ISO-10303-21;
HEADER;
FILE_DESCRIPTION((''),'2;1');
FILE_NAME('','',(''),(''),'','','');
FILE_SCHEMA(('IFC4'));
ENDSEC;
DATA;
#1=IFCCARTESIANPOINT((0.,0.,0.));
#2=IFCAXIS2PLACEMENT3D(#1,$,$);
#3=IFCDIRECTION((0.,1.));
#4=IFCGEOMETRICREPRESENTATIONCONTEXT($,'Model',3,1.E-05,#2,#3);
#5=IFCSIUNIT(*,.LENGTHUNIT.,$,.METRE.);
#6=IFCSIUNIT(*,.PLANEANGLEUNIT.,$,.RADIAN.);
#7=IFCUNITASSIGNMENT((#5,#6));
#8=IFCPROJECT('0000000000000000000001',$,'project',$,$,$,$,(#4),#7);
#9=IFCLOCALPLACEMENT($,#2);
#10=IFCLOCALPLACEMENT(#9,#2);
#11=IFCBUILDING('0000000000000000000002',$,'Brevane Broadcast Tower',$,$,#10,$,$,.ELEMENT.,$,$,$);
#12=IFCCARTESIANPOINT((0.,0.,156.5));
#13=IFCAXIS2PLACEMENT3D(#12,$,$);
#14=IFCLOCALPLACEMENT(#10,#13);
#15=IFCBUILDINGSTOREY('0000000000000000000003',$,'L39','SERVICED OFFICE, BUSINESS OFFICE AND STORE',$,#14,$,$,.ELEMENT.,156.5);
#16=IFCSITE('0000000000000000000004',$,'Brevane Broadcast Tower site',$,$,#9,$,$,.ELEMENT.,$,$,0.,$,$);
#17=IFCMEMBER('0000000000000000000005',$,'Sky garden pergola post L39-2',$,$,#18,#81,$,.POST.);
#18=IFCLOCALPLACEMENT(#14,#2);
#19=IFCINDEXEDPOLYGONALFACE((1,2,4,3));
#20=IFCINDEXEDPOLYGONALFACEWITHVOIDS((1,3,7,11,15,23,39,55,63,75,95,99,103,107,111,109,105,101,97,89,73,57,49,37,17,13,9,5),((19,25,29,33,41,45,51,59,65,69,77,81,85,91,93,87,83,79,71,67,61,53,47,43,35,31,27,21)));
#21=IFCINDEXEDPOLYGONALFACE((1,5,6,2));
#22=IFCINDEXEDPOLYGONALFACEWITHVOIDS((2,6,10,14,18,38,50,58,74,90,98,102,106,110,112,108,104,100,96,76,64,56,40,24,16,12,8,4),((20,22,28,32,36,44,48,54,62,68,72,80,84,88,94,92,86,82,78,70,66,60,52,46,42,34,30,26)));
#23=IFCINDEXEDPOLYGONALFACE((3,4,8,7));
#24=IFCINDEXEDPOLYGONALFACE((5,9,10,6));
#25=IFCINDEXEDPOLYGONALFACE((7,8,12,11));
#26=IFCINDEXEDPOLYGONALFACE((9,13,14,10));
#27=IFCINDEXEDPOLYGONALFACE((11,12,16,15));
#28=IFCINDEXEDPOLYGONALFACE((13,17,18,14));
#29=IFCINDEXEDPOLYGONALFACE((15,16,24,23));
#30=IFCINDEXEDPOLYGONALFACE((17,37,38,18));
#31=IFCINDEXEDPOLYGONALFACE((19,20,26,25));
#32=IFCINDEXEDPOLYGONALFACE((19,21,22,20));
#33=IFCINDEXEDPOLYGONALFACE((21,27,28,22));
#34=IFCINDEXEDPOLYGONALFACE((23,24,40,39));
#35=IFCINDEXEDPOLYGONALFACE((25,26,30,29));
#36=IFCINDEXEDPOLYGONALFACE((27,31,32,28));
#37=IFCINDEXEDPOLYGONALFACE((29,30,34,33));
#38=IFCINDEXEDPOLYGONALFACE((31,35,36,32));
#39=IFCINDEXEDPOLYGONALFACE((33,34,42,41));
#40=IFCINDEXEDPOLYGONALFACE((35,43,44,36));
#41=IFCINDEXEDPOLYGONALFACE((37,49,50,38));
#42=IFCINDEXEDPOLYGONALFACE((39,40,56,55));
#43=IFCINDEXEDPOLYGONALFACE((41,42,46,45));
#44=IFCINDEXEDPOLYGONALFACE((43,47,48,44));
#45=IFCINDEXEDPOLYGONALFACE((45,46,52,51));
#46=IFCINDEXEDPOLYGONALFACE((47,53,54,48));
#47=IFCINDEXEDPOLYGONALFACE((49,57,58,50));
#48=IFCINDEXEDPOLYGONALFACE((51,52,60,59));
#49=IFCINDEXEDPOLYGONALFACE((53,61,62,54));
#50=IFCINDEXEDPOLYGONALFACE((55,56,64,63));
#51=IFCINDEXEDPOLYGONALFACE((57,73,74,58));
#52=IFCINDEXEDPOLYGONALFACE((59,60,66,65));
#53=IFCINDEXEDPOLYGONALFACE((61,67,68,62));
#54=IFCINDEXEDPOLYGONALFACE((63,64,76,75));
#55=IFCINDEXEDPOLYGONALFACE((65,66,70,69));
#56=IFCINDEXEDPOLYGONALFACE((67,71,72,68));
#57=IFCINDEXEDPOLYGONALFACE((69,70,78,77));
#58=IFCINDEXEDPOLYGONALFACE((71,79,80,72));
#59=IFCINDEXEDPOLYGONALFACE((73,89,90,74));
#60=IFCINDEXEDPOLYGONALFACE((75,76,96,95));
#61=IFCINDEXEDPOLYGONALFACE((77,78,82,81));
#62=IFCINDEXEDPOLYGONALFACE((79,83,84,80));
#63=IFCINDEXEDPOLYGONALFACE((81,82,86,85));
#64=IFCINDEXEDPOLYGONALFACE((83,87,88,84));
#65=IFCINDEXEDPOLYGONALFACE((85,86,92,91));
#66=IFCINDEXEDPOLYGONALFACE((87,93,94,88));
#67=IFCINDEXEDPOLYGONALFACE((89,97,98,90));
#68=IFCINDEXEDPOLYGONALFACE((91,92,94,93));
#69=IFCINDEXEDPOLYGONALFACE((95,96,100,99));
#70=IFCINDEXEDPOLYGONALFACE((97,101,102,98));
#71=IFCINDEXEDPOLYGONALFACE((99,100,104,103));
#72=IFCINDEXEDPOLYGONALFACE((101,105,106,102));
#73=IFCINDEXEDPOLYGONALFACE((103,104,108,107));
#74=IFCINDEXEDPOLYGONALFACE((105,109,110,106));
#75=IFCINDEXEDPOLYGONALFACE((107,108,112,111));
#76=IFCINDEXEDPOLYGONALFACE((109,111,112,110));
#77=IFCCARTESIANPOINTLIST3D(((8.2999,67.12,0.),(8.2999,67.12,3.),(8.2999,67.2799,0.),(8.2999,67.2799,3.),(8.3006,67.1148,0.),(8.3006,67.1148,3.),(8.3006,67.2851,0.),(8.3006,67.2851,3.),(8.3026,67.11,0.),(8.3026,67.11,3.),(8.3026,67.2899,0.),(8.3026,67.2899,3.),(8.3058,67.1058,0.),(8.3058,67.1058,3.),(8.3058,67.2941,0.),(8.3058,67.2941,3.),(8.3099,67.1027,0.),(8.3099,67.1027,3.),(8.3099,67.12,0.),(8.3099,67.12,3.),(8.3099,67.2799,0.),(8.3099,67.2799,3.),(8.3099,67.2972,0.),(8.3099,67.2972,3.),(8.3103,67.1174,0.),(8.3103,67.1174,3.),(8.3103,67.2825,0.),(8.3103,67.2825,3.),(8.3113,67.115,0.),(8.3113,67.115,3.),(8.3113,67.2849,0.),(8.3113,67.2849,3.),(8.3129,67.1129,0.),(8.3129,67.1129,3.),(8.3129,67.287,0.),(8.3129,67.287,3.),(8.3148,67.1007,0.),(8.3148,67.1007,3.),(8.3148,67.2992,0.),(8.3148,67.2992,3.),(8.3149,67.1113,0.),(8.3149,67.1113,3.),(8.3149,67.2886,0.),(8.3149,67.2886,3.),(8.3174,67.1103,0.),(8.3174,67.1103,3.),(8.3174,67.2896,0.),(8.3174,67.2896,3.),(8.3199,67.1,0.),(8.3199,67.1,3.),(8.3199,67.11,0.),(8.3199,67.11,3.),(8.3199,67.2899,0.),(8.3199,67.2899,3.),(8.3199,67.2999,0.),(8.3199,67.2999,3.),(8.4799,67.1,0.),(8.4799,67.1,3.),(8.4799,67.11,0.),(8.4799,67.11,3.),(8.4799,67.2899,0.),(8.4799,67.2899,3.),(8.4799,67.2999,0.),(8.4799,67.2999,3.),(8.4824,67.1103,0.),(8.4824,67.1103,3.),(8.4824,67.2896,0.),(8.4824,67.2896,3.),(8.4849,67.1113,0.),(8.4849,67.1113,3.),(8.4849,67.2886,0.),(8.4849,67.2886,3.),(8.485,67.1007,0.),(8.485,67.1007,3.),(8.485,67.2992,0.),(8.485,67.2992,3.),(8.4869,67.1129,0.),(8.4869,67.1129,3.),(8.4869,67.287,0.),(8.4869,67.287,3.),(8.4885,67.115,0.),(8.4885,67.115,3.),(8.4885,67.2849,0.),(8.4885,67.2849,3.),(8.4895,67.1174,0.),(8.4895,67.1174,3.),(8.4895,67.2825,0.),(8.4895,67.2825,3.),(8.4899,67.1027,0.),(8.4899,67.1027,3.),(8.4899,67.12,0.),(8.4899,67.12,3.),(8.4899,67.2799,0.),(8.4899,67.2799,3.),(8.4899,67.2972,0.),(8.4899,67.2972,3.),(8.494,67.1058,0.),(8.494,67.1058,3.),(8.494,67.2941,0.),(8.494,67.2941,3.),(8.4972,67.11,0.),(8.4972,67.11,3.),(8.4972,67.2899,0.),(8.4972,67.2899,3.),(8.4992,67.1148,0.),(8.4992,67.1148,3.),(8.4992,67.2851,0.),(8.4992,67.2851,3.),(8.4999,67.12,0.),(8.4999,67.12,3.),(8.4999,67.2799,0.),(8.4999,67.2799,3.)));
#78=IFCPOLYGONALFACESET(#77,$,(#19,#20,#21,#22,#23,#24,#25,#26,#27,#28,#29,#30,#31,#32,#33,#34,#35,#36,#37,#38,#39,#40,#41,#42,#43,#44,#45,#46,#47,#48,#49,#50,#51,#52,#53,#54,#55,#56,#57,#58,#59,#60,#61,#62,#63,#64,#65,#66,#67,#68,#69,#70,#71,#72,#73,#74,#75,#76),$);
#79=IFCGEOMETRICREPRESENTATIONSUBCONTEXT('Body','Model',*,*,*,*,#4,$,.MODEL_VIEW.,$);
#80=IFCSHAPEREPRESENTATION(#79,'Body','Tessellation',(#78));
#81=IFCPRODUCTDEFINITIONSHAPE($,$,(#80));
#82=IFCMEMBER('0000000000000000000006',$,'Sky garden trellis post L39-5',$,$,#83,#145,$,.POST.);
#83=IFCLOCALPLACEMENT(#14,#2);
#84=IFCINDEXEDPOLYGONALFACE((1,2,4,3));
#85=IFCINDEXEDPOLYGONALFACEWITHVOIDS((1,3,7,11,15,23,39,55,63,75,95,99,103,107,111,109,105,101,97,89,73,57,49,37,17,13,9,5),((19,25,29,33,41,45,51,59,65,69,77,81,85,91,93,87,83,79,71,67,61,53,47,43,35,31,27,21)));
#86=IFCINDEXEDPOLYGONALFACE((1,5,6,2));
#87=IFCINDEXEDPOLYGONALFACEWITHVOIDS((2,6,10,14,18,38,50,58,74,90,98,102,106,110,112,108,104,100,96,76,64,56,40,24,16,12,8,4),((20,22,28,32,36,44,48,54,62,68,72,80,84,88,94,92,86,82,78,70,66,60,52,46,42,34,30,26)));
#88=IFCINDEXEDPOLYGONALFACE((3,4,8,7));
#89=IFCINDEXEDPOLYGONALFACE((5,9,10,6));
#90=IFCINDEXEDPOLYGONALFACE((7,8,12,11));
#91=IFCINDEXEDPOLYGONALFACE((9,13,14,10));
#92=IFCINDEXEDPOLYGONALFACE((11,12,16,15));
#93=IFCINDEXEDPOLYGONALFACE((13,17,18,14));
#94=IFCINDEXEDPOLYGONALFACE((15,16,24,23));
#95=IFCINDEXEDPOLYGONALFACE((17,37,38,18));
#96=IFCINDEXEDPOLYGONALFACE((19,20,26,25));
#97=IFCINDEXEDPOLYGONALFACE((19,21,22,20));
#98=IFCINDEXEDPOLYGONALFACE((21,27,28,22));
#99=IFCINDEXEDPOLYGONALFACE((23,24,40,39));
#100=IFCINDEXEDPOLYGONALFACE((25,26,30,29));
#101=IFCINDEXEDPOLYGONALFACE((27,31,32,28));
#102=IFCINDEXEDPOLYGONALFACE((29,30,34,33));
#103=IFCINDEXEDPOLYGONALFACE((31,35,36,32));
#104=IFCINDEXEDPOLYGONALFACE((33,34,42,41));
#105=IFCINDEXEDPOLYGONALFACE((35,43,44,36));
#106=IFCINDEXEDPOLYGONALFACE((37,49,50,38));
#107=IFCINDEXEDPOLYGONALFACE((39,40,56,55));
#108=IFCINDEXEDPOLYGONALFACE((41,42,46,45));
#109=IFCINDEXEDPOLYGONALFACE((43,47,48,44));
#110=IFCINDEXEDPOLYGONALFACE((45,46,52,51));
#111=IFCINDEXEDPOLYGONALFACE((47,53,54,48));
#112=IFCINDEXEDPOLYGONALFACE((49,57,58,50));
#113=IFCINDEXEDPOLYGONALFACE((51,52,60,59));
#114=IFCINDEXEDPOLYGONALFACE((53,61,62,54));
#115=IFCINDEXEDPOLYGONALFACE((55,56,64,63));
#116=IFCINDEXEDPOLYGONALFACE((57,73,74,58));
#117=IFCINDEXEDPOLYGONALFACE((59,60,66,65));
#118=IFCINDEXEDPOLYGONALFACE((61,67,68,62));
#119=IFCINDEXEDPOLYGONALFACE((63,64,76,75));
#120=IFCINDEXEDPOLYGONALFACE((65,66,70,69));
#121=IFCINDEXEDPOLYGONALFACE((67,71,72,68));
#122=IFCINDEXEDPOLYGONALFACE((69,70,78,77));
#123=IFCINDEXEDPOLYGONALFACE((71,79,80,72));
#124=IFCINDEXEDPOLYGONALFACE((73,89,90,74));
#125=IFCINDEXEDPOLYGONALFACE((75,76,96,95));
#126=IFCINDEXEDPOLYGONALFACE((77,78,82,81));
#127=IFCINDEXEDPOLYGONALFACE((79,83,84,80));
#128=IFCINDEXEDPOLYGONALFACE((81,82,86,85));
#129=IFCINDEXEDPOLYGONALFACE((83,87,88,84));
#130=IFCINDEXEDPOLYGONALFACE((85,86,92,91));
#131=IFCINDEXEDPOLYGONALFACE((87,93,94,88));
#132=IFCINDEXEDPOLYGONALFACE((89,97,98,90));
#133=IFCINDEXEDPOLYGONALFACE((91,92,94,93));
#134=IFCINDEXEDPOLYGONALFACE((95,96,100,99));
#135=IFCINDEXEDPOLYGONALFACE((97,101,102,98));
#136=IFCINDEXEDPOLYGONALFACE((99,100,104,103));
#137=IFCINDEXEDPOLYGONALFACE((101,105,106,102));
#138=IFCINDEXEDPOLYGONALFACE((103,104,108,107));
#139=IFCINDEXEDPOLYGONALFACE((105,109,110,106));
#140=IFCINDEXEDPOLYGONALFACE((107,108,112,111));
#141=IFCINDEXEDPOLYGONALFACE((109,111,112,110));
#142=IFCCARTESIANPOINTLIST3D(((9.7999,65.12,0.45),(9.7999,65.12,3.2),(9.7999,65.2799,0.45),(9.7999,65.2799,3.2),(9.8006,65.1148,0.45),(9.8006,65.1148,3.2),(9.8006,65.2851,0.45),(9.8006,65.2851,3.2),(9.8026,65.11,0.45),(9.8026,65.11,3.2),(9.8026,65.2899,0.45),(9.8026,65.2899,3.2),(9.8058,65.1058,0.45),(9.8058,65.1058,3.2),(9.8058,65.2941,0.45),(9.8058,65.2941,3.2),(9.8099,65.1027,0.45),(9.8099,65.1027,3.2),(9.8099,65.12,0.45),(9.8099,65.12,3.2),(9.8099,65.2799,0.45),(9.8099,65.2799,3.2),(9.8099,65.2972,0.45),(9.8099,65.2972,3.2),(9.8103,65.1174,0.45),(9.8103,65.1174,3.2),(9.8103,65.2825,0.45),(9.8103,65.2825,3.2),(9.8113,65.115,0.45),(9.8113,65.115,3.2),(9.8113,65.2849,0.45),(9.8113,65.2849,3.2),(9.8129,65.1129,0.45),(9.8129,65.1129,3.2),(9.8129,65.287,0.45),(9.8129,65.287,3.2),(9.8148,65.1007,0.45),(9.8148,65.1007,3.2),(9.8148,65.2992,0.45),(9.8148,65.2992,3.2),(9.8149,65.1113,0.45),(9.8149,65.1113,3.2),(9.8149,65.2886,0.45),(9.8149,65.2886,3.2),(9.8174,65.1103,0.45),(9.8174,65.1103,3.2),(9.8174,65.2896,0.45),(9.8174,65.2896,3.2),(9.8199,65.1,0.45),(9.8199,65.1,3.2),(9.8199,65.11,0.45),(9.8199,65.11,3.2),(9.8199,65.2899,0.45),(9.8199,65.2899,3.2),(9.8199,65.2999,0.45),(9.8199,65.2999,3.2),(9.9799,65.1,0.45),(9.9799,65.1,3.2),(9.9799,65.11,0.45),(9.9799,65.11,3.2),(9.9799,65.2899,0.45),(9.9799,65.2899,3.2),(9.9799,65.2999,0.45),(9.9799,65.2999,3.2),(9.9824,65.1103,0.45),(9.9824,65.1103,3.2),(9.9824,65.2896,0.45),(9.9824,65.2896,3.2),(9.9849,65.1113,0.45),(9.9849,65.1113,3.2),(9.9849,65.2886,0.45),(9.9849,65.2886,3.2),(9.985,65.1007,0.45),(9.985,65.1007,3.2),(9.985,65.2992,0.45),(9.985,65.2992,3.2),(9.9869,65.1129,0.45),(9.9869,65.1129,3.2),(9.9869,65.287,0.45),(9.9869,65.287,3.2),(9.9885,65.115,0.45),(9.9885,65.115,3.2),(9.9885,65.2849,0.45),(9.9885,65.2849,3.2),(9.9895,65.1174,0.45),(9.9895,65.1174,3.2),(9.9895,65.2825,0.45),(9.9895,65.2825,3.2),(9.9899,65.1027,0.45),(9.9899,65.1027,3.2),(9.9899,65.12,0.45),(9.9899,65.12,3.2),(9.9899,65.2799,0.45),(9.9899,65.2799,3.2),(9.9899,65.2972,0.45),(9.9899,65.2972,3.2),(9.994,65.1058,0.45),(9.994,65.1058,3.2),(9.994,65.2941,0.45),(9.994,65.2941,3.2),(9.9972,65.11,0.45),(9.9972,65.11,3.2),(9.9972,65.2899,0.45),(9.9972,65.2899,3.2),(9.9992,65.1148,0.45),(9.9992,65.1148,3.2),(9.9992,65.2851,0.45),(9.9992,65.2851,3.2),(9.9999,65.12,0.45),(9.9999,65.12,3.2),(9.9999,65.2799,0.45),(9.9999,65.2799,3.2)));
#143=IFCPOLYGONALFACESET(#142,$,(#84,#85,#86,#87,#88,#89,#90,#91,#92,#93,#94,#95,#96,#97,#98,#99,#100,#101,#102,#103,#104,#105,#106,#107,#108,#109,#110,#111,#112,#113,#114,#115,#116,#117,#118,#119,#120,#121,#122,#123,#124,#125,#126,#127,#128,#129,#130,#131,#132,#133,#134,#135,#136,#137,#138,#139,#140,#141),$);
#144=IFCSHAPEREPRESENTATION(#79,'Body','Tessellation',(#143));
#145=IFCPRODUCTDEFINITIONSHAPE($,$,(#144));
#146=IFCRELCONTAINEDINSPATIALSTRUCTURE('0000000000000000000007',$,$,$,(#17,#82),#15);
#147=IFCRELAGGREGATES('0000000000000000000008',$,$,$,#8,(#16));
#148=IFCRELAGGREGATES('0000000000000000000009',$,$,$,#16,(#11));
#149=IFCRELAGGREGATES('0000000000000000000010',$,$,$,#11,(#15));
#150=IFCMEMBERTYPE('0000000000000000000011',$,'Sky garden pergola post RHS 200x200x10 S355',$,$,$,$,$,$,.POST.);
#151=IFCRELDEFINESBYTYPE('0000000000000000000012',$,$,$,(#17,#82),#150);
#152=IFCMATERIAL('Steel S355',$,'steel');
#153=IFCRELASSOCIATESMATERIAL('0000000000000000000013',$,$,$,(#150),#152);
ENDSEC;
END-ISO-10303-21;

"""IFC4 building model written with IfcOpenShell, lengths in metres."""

from ifc_helpers import new_model, si_unit, direction, frame, origin, origin_2d, place, context, subcontext, project, spatial, hollow_rectangle, extrude, material, material_profile, profile_set, type_object, element, save


model = new_model("IFC4")

# Units and contexts
model_context = context("Model", 3, precision=1e-05, world=origin(), true_north=direction((0.0, 1.0)))
body_context = subcontext(model_context, "Body", "Model", "MODEL_VIEW")
ifc_project = project(units=[si_unit("LENGTHUNIT", "METRE"), si_unit("PLANEANGLEUNIT", "RADIAN")], contexts=[model_context])

# Site, building, storey
site_placement = place(None, origin())
site = spatial("IfcSite", under=ifc_project, at=site_placement, Name="Brevane Broadcast Tower site", CompositionType="ELEMENT", RefElevation=0.0)
building_placement = place(site_placement, origin())
building = spatial("IfcBuilding", under=site, at=building_placement, Name="Brevane Broadcast Tower", CompositionType="ELEMENT")
storey_placement = place(building_placement, frame((0.0, 0.0, 156.5)))
storey = spatial("IfcBuildingStorey", under=building, at=storey_placement, Name="L39", Description="SERVICED OFFICE, BUSINESS OFFICE AND STORE", CompositionType="ELEMENT", Elevation=156.5)

# Members
ifc_material_1 = material(Name="Steel S355", Category="steel")
ifc_material_profile_1 = material_profile(ifc_material_1, hollow_rectangle(XDim=0.2, YDim=0.2, WallThickness=0.01, InnerFilletRadius=0.01, OuterFilletRadius=0.02, at=origin_2d()), Name="RHS 200x200x10")
ifc_profile_set_1 = profile_set([ifc_material_profile_1], Name="Steel S355")
member_type_1 = type_object("IfcMemberType", Name="Sky garden pergola post RHS 200x200x10 S355", PredefinedType="POST", material=ifc_profile_set_1)
for number, where, z_axis, x_axis, name in (
    (1, (8.3999, 67.2, 0.0), (0.0, 0.0, 1.0), (1.0, 0.0, 0.0), "Sky garden pergola post L39-2"),
):
    element("IfcMember", number, at=place(storey_placement, frame(where, z_axis=z_axis, x_axis=x_axis)), inside=storey, type_object=member_type_1, Name=name, PredefinedType="POST", context=body_context, shape_type="SweptSolid", body=[
        extrude(hollow_rectangle(XDim=0.2, YDim=0.2, WallThickness=0.01, InnerFilletRadius=0.01, OuterFilletRadius=0.02, at=origin_2d()), origin(), (0.0, 0.0, 1.0), 3.0),
    ])
for number, where, z_axis, x_axis, name in (
    (2, (9.8999, 65.2, 0.45), (0.0, 0.0, 1.0), (1.0, 0.0, 0.0), "Sky garden trellis post L39-5"),
):
    element("IfcMember", number, at=place(storey_placement, frame(where, z_axis=z_axis, x_axis=x_axis)), inside=storey, type_object=member_type_1, Name=name, PredefinedType="POST", context=body_context, shape_type="SweptSolid", body=[
        extrude(hollow_rectangle(XDim=0.2, YDim=0.2, WallThickness=0.01, InnerFilletRadius=0.01, OuterFilletRadius=0.02, at=origin_2d()), origin(), (0.0, 0.0, 1.0), 2.75),
    ])

save(model, "model.ifc")
